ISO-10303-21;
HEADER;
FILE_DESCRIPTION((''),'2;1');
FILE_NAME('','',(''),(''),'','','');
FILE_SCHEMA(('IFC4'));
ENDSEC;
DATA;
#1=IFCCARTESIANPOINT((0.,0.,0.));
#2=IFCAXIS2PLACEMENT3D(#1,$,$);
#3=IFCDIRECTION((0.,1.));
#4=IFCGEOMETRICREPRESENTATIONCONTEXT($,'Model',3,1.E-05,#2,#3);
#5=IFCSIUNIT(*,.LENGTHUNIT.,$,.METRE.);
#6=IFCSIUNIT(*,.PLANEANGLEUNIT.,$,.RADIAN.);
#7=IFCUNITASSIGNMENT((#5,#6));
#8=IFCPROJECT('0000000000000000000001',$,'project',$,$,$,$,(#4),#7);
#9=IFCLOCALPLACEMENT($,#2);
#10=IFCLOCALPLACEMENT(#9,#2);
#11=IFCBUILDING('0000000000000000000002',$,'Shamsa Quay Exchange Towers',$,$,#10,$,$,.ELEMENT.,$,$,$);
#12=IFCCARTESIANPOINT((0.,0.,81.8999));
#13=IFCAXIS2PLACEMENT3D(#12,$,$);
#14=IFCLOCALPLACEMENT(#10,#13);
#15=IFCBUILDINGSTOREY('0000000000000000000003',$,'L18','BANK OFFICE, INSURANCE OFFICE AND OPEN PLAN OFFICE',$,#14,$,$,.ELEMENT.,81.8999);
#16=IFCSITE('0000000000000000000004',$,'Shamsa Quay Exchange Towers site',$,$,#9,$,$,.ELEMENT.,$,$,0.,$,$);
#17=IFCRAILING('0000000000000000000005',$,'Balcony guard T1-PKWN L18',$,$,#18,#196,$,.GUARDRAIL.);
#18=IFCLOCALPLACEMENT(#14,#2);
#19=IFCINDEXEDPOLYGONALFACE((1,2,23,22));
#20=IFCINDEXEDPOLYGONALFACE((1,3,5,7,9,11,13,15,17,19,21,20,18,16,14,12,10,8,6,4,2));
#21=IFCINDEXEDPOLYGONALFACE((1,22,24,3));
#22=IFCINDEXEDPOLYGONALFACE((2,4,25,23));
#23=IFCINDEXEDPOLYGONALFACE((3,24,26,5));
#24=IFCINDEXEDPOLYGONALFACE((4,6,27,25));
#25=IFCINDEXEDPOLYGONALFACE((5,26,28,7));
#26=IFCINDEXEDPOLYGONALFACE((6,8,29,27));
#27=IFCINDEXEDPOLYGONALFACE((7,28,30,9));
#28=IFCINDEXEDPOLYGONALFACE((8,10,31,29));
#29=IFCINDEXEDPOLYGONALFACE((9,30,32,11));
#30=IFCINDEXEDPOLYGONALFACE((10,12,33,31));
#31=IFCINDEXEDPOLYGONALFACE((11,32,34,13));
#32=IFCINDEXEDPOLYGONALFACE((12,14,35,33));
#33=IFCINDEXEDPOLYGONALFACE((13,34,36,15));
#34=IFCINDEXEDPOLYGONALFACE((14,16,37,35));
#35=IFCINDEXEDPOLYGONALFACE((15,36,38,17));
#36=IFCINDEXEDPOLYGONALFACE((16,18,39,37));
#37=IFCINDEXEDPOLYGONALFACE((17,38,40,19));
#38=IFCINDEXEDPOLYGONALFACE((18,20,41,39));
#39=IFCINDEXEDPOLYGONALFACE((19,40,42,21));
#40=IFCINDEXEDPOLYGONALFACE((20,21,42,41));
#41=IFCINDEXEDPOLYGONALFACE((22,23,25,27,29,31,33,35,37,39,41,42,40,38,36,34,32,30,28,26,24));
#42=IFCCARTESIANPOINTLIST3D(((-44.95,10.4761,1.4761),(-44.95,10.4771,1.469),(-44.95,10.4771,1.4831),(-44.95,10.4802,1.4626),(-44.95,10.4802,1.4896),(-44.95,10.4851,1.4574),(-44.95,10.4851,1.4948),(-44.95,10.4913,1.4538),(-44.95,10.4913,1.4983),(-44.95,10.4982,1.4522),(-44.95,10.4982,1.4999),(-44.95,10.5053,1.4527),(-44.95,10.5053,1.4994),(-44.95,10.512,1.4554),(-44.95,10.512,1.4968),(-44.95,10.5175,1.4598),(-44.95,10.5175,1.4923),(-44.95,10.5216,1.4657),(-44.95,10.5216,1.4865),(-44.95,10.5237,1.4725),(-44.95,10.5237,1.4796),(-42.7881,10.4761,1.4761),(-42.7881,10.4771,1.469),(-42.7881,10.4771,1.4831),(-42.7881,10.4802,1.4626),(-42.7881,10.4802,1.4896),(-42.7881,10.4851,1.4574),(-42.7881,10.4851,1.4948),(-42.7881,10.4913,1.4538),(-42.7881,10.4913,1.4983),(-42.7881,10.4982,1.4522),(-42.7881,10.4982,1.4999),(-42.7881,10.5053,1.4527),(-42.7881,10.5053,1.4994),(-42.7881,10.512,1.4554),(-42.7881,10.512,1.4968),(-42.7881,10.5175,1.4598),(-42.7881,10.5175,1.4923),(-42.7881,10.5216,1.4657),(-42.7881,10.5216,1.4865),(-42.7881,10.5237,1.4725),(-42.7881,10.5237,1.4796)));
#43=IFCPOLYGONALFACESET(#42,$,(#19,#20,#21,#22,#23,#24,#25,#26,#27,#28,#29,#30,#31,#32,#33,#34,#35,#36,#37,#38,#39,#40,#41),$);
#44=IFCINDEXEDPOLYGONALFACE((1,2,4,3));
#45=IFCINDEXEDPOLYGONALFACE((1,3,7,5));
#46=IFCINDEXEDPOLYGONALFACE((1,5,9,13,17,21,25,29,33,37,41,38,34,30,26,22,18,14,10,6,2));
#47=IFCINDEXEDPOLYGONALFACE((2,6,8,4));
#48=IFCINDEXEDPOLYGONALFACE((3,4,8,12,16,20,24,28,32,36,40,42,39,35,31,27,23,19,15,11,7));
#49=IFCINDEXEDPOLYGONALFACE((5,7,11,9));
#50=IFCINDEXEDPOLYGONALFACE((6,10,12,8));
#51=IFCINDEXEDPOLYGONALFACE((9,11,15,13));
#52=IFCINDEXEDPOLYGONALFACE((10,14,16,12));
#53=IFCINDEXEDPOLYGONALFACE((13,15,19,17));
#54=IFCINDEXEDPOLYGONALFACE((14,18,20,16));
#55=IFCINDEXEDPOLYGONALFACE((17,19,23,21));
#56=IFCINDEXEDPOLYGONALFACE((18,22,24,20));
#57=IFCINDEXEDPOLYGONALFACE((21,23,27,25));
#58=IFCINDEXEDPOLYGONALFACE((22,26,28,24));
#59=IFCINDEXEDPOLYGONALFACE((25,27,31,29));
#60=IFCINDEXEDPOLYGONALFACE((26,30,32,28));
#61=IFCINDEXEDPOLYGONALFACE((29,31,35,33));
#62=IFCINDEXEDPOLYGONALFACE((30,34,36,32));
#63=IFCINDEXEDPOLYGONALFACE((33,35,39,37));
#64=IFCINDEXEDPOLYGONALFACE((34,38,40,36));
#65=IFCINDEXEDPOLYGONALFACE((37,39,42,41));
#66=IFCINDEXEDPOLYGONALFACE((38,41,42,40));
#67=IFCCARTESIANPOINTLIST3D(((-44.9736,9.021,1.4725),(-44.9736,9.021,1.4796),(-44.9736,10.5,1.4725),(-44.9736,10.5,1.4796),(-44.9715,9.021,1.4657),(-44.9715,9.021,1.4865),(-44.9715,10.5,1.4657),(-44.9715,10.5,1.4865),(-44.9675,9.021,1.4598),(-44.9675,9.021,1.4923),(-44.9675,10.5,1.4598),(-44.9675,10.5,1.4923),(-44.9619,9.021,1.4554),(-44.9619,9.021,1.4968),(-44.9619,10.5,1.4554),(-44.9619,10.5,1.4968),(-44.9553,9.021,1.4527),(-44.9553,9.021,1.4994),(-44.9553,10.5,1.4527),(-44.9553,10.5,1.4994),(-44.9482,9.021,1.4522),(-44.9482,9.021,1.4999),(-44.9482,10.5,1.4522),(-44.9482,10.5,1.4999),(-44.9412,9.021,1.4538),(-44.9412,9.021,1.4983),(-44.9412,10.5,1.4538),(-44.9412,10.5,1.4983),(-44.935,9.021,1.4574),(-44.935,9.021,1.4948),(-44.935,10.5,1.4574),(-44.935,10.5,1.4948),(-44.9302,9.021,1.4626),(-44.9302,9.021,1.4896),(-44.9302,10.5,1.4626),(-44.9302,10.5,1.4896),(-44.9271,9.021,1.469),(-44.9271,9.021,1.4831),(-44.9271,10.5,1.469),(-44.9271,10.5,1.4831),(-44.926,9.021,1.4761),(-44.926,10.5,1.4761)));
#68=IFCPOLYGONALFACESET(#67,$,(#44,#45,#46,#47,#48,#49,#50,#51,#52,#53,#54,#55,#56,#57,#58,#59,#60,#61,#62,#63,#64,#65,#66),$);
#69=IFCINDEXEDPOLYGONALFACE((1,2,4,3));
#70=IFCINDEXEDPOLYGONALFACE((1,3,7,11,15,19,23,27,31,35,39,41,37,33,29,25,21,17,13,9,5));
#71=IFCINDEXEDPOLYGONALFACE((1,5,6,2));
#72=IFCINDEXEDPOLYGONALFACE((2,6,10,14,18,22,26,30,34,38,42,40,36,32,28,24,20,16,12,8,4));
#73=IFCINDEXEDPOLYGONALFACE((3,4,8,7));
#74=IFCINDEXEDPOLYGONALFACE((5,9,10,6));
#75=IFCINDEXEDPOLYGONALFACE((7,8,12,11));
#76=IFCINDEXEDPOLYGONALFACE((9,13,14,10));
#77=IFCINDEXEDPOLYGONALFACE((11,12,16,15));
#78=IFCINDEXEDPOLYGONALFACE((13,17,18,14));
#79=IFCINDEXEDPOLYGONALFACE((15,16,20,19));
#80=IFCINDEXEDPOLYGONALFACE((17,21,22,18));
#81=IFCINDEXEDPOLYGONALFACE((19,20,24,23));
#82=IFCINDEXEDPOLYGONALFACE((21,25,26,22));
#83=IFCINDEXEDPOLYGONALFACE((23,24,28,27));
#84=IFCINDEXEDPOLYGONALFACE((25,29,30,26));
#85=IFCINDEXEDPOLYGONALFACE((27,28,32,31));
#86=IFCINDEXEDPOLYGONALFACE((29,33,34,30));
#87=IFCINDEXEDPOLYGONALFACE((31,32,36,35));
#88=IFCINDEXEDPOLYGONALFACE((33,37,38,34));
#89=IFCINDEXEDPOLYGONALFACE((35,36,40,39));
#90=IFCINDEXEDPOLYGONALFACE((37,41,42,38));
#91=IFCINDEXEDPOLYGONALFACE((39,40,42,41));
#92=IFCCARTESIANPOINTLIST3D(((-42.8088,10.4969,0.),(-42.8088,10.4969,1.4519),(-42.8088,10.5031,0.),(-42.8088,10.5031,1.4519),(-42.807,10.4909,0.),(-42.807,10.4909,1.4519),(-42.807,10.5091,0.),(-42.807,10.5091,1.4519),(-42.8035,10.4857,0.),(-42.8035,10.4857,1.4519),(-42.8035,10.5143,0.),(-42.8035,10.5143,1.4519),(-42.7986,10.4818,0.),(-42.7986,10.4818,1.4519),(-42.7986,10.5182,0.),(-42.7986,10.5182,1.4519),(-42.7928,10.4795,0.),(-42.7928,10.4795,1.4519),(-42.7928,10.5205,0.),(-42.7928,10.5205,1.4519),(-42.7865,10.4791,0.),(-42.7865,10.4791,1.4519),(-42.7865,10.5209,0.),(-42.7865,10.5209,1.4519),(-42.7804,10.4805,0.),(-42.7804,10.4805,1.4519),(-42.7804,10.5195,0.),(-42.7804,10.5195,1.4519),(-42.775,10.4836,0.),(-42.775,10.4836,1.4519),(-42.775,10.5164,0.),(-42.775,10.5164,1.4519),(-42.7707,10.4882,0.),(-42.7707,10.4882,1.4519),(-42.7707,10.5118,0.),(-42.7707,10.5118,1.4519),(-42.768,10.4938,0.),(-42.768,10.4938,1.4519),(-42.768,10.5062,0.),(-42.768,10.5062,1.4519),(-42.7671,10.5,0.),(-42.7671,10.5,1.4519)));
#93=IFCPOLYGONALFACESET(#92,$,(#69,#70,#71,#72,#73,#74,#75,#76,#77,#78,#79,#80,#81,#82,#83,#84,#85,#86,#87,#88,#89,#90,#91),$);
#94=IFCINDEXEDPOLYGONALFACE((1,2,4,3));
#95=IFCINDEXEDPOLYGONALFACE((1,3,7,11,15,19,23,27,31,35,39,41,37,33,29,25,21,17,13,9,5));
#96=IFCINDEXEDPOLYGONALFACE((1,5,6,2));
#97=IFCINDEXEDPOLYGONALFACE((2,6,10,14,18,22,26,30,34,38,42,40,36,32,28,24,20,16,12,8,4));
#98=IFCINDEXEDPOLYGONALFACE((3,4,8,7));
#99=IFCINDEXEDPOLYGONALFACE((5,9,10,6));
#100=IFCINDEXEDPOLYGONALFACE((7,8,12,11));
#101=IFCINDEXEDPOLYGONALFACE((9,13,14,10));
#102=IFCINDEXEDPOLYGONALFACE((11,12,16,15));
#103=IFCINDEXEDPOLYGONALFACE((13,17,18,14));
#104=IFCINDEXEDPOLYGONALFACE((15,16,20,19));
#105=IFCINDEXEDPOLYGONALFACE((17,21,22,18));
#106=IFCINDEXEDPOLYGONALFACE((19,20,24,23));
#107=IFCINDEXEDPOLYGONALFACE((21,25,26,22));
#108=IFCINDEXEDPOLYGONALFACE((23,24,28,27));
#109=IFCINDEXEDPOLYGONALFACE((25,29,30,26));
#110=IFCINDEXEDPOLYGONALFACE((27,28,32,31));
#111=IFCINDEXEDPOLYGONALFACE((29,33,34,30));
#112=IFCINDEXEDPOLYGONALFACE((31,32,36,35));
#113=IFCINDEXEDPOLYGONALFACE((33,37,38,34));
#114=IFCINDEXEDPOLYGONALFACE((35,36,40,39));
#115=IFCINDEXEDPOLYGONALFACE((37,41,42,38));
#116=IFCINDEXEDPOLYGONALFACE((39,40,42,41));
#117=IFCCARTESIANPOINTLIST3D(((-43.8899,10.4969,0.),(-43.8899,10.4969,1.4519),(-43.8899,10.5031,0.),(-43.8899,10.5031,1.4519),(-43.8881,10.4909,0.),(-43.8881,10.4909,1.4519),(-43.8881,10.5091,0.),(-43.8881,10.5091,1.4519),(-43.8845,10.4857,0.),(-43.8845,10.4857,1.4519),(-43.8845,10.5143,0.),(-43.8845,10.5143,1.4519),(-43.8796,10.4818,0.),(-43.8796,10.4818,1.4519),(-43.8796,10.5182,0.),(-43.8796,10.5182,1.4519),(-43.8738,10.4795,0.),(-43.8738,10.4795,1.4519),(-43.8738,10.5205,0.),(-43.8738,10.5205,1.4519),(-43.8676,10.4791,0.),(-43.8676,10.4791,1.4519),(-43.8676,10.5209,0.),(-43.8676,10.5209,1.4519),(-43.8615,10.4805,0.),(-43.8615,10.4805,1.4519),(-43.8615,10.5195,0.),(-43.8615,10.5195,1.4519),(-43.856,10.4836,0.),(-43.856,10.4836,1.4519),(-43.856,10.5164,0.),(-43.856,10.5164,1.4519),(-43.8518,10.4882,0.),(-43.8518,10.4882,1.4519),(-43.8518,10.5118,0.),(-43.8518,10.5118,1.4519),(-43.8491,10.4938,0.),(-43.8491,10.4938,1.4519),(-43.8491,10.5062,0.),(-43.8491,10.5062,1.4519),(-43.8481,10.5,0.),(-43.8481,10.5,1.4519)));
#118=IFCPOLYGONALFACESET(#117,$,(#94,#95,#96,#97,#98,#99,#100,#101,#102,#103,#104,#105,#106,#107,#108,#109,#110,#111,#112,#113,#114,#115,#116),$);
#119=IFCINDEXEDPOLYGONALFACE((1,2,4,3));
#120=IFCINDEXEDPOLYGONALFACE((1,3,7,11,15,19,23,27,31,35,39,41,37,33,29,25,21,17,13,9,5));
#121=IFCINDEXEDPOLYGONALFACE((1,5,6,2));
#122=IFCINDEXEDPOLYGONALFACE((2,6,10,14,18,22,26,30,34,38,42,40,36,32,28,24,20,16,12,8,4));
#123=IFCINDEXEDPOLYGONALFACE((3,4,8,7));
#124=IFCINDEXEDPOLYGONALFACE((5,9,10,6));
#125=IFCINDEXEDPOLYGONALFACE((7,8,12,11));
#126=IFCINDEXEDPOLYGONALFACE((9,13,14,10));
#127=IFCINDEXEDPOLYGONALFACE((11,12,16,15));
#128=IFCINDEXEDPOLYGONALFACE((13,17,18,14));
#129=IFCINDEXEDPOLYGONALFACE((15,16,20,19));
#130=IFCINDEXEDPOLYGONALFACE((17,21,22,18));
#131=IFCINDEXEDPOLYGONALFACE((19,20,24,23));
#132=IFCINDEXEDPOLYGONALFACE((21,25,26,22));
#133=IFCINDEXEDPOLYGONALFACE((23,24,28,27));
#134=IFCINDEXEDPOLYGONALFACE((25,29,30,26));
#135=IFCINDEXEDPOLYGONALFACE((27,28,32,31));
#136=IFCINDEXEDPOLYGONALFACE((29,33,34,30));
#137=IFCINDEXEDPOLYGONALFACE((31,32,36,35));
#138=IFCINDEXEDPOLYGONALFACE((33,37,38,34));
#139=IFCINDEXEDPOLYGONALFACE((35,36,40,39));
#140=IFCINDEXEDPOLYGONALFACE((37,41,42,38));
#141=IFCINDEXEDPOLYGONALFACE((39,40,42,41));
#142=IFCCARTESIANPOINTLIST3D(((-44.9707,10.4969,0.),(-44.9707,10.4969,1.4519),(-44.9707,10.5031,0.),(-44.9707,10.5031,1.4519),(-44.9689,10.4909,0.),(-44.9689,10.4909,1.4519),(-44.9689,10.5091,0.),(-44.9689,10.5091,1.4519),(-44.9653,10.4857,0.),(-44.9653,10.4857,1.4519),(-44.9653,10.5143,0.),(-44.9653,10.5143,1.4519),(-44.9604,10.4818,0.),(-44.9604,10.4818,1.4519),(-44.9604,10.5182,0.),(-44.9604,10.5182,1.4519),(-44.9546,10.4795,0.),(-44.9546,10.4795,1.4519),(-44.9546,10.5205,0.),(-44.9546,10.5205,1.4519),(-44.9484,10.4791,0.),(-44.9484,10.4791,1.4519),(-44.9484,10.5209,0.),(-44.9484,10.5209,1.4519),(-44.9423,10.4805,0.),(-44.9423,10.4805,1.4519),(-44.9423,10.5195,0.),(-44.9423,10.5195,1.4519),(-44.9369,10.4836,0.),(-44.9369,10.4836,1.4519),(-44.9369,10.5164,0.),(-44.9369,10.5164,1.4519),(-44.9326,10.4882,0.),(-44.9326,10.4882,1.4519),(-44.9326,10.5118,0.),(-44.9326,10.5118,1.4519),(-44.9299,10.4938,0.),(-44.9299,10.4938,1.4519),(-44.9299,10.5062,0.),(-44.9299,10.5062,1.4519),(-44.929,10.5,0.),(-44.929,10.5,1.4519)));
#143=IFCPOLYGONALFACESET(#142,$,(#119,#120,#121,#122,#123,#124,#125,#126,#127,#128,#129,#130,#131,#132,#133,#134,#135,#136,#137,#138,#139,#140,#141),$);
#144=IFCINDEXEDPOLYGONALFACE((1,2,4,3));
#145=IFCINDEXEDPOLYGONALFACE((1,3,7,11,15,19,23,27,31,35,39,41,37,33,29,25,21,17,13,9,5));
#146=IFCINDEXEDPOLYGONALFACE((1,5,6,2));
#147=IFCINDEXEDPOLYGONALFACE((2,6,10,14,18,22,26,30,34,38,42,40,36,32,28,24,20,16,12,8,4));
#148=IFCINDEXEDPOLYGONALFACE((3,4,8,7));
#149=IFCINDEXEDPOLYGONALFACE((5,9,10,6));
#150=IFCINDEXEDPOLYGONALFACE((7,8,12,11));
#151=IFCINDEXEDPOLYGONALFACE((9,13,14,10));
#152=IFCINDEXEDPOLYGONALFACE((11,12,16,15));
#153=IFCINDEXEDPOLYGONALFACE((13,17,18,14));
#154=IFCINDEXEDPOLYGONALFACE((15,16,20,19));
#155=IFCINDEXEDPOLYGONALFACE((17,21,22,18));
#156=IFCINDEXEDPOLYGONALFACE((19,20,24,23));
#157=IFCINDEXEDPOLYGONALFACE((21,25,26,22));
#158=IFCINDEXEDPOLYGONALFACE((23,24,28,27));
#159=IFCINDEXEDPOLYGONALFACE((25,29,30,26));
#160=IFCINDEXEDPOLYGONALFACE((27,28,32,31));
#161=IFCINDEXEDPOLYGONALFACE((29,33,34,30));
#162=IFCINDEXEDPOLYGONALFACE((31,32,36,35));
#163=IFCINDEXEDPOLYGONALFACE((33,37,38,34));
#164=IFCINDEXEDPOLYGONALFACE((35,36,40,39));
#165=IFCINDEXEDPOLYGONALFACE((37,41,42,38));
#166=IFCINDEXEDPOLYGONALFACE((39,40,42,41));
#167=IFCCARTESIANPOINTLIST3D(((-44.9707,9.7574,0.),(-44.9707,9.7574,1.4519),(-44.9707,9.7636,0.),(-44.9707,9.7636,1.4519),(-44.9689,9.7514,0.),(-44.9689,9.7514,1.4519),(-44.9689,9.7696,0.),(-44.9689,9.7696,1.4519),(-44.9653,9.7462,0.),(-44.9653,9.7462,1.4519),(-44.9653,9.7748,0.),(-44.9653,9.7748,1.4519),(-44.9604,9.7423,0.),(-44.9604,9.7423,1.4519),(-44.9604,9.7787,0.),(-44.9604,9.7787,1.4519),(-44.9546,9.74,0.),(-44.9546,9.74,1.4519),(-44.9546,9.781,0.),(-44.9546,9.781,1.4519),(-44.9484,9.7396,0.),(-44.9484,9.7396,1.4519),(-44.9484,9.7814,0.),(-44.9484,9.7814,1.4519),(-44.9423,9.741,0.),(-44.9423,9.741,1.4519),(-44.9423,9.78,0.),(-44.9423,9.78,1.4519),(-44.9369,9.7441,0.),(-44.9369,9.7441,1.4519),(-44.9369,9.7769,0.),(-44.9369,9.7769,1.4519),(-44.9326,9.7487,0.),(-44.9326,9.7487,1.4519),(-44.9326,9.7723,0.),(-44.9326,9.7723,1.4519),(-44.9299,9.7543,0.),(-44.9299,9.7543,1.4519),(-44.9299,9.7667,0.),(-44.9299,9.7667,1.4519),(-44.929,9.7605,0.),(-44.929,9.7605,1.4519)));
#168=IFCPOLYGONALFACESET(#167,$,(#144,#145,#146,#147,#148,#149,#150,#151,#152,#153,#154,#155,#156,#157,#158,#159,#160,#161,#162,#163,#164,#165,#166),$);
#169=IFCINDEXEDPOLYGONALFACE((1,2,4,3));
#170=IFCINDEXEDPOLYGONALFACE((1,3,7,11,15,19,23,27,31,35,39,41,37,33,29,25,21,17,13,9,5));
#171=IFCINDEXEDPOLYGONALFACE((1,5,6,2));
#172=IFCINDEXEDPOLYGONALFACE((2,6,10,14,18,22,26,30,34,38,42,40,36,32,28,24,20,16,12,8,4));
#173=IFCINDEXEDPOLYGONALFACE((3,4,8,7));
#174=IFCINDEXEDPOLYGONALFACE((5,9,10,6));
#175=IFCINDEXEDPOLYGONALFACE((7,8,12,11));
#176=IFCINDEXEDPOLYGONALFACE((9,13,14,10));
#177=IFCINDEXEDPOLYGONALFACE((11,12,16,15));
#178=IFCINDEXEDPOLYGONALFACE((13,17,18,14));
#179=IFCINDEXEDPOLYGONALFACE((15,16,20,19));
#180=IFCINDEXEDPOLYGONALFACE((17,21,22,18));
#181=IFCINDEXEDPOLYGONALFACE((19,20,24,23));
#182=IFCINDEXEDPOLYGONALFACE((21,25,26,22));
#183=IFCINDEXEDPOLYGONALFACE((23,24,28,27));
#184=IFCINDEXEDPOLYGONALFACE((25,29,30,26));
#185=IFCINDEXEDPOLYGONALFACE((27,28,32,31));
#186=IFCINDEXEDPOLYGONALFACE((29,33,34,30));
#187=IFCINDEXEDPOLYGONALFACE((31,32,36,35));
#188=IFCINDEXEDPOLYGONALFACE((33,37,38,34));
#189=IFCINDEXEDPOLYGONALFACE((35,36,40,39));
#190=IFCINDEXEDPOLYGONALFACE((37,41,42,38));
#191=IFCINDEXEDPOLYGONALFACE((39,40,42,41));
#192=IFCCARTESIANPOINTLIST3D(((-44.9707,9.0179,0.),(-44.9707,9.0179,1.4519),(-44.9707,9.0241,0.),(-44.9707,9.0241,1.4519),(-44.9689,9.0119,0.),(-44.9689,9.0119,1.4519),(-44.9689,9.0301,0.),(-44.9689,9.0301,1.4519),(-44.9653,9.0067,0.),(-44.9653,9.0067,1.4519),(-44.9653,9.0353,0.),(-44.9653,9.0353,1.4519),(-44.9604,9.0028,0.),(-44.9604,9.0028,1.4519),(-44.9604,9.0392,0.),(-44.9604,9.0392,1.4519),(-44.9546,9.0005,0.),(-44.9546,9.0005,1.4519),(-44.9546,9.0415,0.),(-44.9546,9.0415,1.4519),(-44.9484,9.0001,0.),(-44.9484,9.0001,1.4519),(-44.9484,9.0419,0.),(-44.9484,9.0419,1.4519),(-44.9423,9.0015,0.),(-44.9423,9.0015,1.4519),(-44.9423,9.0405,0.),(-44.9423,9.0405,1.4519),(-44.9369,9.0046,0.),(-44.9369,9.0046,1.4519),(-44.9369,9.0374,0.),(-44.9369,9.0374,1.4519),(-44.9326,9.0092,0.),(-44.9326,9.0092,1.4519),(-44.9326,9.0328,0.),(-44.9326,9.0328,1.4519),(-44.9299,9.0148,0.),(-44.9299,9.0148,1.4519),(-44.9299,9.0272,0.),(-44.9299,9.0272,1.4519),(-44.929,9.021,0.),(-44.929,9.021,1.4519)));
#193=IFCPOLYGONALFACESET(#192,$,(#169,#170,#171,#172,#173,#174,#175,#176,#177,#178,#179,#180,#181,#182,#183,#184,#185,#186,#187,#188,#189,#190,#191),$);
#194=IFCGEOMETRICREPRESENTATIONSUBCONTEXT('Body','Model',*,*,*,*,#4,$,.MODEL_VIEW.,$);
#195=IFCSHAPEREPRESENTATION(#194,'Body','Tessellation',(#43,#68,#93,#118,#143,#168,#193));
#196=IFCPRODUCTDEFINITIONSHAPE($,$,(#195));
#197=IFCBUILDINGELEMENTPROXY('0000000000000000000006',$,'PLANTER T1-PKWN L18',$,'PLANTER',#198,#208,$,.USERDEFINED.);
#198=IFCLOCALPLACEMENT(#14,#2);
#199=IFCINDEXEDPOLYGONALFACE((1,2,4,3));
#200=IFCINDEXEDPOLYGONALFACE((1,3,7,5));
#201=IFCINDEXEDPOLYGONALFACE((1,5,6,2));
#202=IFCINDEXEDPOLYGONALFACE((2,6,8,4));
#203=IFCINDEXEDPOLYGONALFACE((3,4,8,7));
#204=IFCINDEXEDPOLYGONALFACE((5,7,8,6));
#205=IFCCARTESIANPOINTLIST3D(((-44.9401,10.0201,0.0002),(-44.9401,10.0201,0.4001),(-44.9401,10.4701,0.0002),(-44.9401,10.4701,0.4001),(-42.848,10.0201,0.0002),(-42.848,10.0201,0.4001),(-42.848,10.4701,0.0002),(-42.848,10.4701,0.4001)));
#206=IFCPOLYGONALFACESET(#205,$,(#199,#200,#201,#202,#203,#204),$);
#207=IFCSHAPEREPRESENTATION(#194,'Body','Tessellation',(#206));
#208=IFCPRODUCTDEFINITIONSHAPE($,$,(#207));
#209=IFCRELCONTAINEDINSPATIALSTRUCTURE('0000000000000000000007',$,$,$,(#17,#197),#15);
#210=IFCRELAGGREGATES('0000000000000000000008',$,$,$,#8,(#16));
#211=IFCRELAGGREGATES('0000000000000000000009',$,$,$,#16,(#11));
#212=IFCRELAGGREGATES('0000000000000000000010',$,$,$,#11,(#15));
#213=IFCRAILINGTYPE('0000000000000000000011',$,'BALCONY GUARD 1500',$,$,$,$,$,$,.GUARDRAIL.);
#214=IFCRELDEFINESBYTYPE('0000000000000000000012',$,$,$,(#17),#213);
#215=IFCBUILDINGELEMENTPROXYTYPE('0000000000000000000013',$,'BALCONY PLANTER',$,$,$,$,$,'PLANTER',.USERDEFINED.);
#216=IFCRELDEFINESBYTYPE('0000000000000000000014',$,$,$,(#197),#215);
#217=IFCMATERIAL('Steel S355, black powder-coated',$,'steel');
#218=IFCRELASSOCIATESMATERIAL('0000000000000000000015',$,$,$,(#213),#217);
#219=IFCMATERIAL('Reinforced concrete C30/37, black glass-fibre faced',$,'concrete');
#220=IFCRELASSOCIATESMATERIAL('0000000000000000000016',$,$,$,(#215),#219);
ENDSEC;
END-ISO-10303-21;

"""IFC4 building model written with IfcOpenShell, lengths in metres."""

from ifc_helpers import new_model, si_unit, direction, frame, origin, origin_2d, place, context, subcontext, project, spatial, rectangle, circle, extrude, material, type_object, element, save


model = new_model("IFC4")

# Units and contexts
model_context = context("Model", 3, precision=1e-05, world=origin(), true_north=direction((0.0, 1.0)))
body_context = subcontext(model_context, "Body", "Model", "MODEL_VIEW")
ifc_project = project(units=[si_unit("LENGTHUNIT", "METRE"), si_unit("PLANEANGLEUNIT", "RADIAN")], contexts=[model_context])

# Site, building, storey
site_placement = place(None, origin())
site = spatial("IfcSite", under=ifc_project, at=site_placement, Name="Shamsa Quay Exchange Towers site", CompositionType="ELEMENT", RefElevation=0.0)
building_placement = place(site_placement, origin())
building = spatial("IfcBuilding", under=site, at=building_placement, Name="Shamsa Quay Exchange Towers", CompositionType="ELEMENT")
storey_placement = place(building_placement, frame((0.0, 0.0, 81.8999)))
storey = spatial("IfcBuildingStorey", under=building, at=storey_placement, Name="L18", Description="BANK OFFICE, INSURANCE OFFICE AND OPEN PLAN OFFICE", CompositionType="ELEMENT", Elevation=81.8999)

# Railing
ifc_material_1 = material(Name="Steel S355, black powder-coated", Category="steel")
railing_type_1 = type_object("IfcRailingType", Name="BALCONY GUARD 1500", PredefinedType="GUARDRAIL", material=ifc_material_1)
railing_1_placement = place(storey_placement, frame((-42.7881, 10.5, 0.0)))
element("IfcRailing", 1, at=railing_1_placement, inside=storey, type_object=railing_type_1, Name="Balcony guard T1-PKWN L18", PredefinedType="GUARDRAIL", context=body_context, shape_type="SweptSolid", body=[
    extrude(circle(Radius=0.0239, at=origin_2d()), frame((0.0, 0.0, 1.4761), z_axis=(-1.0, 0.0, 0.0), x_axis=(0.0, -1.0, 0.0)), (0.0, 0.0, 1.0), 2.1619),
    extrude(circle(Radius=0.0239, at=origin_2d()), frame((-2.1619, 0.0, 1.4761), z_axis=(0.0, -1.0, 0.0), x_axis=(1.0, 0.0, 0.0)), (0.0, 0.0, 1.0), 1.479),
    extrude(circle(Radius=0.021, at=origin_2d()), origin(), (0.0, 0.0, 1.0), 1.4519),
    extrude(circle(Radius=0.021, at=origin_2d()), frame((-1.0811, 0.0, 0.0)), (0.0, 0.0, 1.0), 1.4519),
    extrude(circle(Radius=0.021, at=origin_2d()), frame((-2.1619, 0.0, 0.0)), (0.0, 0.0, 1.0), 1.4519),
    extrude(circle(Radius=0.021, at=origin_2d()), frame((-2.1619, -0.7395, 0.0)), (0.0, 0.0, 1.0), 1.4519),
    extrude(circle(Radius=0.021, at=origin_2d()), frame((-2.1619, -1.479, 0.0)), (0.0, 0.0, 1.0), 1.4519),
])

# Building element proxy
ifc_material_2 = material(Name="Reinforced concrete C30/37, black glass-fibre faced", Category="concrete")
building_element_proxy_type = type_object("IfcBuildingElementProxyType", Name="BALCONY PLANTER", ElementType="PLANTER", PredefinedType="USERDEFINED", material=ifc_material_2)
proxy_placement = place(storey_placement, frame((-43.894, 10.2451, 0.0002), z_axis=(0.0, 0.0, 1.0), x_axis=(-1.0, 0.0, 0.0)))
element("IfcBuildingElementProxy", 2, at=proxy_placement, inside=storey, type_object=building_element_proxy_type, Name="PLANTER T1-PKWN L18", ObjectType="PLANTER", PredefinedType="USERDEFINED", context=body_context, shape_type="SweptSolid", body=[
    extrude(rectangle(XDim=2.092, YDim=0.45, at=origin_2d()), origin(), (0.0, 0.0, 1.0), 0.3999),
])

save(model, "model.ifc")
